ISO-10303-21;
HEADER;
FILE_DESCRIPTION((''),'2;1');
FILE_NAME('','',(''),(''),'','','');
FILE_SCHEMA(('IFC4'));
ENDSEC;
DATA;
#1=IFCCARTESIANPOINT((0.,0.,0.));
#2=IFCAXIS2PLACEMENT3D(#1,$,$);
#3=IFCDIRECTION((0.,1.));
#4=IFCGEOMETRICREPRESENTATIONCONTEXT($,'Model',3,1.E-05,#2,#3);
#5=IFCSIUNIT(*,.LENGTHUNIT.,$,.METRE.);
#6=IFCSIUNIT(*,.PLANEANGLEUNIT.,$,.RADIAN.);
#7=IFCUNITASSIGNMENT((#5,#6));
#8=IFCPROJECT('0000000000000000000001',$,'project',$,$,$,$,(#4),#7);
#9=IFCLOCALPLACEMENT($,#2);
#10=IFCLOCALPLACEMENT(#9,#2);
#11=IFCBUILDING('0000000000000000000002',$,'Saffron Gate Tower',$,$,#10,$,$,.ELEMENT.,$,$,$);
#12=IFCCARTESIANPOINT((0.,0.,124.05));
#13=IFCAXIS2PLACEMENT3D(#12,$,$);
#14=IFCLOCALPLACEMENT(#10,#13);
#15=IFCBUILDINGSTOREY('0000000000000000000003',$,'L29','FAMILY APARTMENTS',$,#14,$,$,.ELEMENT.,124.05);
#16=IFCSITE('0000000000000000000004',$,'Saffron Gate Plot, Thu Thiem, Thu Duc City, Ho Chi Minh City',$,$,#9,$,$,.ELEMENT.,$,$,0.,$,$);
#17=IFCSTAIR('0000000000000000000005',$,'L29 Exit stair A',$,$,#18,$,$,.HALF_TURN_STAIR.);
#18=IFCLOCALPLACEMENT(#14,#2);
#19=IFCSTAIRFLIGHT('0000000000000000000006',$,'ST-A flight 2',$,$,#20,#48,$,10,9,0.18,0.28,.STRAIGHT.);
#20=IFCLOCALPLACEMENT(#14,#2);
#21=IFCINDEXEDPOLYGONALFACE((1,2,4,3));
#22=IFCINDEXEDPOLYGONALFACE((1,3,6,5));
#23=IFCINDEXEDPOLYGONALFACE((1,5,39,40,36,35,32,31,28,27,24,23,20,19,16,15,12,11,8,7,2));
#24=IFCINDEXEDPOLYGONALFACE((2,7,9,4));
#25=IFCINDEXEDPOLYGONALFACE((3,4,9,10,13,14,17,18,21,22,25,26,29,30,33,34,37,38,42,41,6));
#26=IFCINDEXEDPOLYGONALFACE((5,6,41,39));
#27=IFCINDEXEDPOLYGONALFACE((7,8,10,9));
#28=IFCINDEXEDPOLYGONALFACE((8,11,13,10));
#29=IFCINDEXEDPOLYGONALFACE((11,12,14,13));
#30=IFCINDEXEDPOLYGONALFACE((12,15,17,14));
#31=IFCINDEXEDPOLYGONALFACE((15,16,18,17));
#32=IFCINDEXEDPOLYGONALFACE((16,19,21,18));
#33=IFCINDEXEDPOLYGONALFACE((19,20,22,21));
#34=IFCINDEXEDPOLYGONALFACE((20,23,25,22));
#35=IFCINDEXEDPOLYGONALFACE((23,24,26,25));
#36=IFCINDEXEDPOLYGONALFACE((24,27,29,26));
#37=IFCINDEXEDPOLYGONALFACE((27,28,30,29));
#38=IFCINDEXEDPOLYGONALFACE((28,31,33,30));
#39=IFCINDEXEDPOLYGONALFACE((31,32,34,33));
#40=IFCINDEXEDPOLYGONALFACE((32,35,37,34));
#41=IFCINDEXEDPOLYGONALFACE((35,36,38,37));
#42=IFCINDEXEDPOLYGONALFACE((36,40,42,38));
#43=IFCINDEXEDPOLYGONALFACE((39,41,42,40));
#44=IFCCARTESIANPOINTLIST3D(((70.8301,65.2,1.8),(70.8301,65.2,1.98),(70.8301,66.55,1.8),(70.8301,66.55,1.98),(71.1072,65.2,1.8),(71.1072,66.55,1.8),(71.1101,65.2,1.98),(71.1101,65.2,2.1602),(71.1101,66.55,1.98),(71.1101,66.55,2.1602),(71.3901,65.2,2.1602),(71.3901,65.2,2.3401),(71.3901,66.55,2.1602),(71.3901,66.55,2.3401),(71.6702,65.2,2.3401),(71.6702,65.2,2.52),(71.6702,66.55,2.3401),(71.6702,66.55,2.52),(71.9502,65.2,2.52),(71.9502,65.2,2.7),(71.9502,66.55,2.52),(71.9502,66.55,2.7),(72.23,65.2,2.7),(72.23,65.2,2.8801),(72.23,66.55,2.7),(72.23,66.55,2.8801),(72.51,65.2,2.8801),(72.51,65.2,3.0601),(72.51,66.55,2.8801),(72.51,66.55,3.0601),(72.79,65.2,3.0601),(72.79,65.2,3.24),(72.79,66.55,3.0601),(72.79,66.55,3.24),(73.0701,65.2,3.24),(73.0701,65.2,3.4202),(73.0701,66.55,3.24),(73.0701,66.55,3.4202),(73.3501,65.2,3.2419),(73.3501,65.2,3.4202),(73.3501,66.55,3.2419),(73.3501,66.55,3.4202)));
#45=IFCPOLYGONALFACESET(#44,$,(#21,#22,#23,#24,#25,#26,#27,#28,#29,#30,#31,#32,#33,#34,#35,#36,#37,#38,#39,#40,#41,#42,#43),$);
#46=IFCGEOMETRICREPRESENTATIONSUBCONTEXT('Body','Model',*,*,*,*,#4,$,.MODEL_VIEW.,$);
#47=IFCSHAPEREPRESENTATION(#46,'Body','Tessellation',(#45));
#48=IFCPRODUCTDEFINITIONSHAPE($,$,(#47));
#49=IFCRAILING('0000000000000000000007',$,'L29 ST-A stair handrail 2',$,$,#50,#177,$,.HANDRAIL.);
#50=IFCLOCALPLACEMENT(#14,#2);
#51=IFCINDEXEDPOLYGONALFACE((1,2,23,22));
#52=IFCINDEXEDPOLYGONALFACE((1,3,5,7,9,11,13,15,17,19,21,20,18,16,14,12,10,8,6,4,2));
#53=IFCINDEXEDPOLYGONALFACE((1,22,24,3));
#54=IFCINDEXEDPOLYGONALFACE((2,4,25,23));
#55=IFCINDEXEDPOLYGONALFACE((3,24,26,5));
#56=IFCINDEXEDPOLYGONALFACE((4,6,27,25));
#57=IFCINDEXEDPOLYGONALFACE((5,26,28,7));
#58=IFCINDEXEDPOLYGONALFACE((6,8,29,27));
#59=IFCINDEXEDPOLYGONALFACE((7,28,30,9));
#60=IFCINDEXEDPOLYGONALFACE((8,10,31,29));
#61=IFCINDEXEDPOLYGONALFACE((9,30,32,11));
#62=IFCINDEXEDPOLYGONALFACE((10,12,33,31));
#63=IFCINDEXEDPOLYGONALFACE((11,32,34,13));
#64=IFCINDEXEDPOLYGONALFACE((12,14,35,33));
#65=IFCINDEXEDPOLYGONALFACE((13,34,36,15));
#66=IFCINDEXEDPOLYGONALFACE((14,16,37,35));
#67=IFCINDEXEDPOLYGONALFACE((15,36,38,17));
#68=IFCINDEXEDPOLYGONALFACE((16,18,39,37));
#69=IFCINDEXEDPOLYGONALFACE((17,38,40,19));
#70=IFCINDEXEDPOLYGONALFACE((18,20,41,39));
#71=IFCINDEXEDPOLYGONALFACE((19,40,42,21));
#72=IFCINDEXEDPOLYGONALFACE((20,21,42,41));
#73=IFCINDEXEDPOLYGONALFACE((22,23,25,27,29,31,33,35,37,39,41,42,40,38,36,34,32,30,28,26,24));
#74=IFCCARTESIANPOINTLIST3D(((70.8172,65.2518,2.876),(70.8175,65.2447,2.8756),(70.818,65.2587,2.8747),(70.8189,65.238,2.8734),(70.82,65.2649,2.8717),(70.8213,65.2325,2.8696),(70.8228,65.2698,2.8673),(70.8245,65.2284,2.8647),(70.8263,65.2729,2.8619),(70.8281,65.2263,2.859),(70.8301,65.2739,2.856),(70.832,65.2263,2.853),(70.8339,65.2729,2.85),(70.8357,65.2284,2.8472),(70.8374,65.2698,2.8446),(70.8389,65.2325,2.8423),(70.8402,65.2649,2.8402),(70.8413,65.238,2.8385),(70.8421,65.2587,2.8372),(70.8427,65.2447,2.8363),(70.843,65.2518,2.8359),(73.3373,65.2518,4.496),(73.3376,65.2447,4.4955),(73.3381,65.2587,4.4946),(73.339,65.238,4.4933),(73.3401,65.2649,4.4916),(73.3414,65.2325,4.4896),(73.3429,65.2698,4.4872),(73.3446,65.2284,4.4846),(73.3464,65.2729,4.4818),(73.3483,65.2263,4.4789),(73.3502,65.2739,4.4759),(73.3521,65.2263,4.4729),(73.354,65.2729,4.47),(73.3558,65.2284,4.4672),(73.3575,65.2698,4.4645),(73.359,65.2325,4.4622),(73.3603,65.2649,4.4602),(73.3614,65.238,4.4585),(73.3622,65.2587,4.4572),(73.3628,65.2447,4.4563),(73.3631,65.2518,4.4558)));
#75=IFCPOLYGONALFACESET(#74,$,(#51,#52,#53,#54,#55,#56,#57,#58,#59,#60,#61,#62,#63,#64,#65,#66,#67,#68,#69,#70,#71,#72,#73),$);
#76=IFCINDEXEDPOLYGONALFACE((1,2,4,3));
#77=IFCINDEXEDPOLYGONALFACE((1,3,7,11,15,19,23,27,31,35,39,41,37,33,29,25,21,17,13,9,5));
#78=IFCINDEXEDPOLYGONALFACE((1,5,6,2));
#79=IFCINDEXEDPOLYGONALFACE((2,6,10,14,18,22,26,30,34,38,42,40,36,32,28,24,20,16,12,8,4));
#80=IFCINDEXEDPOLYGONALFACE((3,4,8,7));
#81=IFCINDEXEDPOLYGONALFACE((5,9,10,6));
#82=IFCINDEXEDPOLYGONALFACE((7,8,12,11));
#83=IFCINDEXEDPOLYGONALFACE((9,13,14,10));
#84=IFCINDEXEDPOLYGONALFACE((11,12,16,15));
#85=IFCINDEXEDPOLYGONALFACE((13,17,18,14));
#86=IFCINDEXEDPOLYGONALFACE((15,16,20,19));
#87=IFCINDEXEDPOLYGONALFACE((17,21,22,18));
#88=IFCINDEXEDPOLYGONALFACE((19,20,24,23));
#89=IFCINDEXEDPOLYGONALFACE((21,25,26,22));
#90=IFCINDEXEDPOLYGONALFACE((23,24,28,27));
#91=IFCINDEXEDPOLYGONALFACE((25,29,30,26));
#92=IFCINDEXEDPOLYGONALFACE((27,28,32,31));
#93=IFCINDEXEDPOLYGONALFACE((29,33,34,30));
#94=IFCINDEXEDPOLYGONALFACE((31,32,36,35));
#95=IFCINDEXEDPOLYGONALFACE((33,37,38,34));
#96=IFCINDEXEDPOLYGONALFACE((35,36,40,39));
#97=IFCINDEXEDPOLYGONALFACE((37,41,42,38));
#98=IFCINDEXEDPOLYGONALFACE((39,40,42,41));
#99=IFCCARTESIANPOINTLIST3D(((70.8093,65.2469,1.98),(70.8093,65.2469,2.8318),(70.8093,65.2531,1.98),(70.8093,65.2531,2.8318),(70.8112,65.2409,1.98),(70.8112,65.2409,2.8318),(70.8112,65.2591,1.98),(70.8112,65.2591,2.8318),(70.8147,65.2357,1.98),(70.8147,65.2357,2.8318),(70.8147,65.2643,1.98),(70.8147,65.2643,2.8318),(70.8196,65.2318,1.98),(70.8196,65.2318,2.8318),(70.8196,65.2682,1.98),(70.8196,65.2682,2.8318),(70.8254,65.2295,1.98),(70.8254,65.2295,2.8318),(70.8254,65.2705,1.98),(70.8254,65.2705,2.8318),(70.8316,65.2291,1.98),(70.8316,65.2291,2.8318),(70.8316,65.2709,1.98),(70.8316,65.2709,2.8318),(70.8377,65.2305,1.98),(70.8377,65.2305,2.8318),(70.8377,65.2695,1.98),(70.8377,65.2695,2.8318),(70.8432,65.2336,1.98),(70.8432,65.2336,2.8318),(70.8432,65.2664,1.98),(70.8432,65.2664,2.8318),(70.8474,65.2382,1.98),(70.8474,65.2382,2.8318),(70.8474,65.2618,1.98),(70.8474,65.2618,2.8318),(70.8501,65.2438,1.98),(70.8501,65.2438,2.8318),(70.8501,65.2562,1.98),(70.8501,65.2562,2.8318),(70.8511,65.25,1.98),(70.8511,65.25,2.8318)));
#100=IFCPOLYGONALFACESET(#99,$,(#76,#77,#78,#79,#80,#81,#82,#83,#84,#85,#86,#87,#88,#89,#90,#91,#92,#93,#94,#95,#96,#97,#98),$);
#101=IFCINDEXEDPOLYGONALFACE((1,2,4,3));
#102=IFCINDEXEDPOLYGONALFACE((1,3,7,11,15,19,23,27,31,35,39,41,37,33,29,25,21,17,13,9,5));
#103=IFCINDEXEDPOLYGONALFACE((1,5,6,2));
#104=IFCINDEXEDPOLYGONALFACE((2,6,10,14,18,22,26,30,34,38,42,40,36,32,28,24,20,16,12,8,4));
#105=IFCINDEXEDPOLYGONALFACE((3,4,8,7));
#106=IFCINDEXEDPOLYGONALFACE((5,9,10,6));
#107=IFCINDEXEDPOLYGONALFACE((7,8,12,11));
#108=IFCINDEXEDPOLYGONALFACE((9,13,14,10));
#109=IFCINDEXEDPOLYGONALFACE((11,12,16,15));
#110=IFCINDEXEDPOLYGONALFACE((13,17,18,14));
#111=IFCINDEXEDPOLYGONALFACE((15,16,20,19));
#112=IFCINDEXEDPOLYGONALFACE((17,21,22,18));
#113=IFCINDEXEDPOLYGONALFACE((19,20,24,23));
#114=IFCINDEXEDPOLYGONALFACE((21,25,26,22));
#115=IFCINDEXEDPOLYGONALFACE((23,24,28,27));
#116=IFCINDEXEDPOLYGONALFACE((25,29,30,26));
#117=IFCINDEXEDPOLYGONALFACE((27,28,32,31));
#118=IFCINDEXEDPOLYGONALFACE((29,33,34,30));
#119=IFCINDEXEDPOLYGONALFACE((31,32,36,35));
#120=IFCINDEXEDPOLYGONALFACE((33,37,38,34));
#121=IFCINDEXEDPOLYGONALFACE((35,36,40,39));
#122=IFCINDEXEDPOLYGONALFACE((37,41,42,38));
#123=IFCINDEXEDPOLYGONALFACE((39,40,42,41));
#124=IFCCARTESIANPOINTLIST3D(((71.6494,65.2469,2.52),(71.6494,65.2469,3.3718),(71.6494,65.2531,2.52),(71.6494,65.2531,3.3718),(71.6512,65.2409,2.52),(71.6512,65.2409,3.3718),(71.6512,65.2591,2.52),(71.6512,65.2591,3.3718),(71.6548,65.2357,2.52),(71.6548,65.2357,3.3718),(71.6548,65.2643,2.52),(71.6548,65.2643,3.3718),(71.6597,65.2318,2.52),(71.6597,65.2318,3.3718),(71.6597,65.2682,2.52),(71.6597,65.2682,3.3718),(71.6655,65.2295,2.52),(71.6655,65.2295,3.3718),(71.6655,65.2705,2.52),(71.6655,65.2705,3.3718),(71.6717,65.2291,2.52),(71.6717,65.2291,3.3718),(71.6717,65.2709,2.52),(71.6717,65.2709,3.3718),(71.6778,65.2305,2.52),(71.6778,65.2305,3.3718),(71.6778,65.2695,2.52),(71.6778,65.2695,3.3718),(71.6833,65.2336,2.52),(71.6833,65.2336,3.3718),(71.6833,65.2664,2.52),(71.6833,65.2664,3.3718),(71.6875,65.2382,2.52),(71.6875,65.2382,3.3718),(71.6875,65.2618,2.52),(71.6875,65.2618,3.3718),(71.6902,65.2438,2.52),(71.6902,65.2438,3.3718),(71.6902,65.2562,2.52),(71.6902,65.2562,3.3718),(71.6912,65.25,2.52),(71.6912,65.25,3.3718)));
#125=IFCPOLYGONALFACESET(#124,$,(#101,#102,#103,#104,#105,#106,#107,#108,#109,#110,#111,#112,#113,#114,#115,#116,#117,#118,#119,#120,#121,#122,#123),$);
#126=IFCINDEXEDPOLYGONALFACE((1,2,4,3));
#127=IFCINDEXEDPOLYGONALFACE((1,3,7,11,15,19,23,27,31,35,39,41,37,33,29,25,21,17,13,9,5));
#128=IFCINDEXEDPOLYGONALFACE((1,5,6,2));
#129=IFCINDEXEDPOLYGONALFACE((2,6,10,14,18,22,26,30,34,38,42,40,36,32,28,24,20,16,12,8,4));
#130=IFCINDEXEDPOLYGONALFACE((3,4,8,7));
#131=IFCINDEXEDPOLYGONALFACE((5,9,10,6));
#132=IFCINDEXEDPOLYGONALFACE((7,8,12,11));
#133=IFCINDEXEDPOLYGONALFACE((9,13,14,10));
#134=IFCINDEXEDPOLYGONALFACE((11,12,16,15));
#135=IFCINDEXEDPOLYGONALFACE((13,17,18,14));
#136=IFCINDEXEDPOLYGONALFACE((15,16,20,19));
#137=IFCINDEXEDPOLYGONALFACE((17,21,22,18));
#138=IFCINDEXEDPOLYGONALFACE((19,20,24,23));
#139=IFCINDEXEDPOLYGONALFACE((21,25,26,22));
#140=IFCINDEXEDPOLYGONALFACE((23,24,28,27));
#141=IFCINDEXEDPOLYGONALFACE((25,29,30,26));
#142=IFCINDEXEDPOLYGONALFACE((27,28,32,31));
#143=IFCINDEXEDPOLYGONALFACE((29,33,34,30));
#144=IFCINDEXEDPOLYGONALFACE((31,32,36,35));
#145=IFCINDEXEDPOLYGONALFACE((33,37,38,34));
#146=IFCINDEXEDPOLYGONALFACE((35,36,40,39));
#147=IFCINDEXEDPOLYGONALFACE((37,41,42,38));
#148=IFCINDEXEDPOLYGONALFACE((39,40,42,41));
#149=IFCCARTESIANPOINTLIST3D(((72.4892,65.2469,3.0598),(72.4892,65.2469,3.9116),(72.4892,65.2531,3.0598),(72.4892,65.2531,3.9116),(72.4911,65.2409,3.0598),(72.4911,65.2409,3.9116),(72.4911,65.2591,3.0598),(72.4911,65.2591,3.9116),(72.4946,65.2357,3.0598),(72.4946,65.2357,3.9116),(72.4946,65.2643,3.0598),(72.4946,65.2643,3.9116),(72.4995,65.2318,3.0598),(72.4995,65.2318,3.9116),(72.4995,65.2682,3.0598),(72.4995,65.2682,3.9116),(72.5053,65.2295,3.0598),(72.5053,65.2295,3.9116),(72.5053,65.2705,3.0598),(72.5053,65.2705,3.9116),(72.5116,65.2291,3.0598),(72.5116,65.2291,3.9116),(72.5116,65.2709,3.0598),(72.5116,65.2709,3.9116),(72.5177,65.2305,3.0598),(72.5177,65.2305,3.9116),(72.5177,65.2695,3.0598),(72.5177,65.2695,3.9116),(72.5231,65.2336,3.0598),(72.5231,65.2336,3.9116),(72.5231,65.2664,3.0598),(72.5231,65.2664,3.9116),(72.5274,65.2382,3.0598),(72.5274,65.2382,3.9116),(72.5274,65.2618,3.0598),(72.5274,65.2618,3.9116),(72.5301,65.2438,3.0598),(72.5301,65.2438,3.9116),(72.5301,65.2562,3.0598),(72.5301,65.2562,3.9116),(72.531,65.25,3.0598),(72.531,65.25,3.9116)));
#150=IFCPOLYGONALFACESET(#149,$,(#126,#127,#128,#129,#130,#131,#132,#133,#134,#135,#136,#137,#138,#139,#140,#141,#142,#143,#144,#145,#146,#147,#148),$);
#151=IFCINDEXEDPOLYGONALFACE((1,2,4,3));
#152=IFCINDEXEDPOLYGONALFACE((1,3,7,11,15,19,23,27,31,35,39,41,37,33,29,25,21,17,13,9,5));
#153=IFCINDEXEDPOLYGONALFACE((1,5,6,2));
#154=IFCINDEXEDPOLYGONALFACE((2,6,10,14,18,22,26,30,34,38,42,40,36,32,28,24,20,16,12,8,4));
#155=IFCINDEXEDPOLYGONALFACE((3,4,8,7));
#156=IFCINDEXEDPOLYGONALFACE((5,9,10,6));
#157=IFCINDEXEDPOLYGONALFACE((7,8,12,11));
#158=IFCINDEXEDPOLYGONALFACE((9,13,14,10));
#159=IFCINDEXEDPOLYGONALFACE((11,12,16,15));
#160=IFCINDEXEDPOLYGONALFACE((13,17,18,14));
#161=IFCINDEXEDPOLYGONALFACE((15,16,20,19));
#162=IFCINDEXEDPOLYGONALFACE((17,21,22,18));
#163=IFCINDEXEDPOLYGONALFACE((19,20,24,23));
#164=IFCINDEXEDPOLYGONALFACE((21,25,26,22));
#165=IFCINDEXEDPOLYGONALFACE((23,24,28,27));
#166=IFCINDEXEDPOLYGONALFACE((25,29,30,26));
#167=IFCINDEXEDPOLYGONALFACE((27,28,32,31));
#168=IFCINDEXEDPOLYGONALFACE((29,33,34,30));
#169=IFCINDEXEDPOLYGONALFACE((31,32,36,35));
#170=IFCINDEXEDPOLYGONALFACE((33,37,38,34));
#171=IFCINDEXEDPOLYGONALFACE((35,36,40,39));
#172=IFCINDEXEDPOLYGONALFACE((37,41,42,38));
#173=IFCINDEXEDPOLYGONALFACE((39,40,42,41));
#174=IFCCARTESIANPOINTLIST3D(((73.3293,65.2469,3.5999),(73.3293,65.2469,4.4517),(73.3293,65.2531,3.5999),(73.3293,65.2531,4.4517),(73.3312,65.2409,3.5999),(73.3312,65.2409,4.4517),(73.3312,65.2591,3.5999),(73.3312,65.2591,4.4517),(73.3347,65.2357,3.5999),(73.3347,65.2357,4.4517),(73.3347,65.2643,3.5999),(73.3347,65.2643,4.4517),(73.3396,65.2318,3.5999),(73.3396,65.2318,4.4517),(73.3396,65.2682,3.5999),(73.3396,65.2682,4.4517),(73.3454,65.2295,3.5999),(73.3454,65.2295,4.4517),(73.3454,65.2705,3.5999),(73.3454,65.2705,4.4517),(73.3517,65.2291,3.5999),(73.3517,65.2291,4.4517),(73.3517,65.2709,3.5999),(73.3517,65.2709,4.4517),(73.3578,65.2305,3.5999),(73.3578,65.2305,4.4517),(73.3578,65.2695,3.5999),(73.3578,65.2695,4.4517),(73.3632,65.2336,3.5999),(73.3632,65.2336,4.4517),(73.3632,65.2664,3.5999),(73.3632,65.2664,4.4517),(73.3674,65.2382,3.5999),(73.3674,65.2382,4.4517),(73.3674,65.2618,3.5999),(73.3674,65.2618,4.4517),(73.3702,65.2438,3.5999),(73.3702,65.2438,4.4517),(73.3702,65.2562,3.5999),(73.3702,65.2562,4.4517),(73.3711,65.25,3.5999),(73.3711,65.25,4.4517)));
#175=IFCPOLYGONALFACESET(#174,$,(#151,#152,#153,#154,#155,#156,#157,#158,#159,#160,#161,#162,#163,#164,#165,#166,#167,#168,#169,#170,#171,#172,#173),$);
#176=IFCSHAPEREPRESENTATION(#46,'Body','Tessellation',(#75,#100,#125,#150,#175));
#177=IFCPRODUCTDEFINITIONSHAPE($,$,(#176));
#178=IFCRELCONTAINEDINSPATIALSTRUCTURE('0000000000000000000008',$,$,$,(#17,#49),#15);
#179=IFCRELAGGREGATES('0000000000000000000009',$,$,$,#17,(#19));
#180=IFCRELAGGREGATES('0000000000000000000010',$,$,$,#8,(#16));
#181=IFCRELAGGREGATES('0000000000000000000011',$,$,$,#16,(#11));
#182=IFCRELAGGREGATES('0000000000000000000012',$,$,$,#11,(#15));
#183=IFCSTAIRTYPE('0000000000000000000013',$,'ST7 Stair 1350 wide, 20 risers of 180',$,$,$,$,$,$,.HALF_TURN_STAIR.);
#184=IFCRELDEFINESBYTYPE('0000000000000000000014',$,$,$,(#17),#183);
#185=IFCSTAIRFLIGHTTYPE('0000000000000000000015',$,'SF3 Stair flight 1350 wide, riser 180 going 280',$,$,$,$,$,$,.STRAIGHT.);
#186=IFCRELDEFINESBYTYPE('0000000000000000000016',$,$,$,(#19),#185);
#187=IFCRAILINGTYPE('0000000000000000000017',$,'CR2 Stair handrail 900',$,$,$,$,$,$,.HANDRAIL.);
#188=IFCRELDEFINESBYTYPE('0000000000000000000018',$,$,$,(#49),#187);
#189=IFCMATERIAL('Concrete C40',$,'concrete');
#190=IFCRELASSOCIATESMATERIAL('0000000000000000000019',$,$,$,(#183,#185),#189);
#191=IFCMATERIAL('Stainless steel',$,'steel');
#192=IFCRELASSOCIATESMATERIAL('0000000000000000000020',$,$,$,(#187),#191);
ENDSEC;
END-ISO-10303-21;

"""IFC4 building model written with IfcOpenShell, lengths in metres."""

from ifc_helpers import new_model, si_unit, direction, frame, origin, origin_2d, place, context, subcontext, project, spatial, polyline, circle, outline, extrude, material, type_object, element, aggregate, save


model = new_model("IFC4")

# Units and contexts
model_context = context("Model", 3, precision=1e-05, world=origin(), true_north=direction((0.0, 1.0)))
body_context = subcontext(model_context, "Body", "Model", "MODEL_VIEW")
ifc_project = project(units=[si_unit("LENGTHUNIT", "METRE"), si_unit("PLANEANGLEUNIT", "RADIAN")], contexts=[model_context])

# Site, building, storey
site_placement = place(None, origin())
site = spatial("IfcSite", under=ifc_project, at=site_placement, Name="Saffron Gate Plot, Thu Thiem, Thu Duc City, Ho Chi Minh City", CompositionType="ELEMENT", RefElevation=0.0)
building_placement = place(site_placement, origin())
building = spatial("IfcBuilding", under=site, at=building_placement, Name="Saffron Gate Tower", CompositionType="ELEMENT")
storey_placement = place(building_placement, frame((0.0, 0.0, 124.05)))
storey = spatial("IfcBuildingStorey", under=building, at=storey_placement, Name="L29", Description="FAMILY APARTMENTS", CompositionType="ELEMENT", Elevation=124.05)

# Stair, stair flight
ifc_material_1 = material(Name="Concrete C40", Category="concrete")
stair_type = type_object("IfcStairType", Name="ST7 Stair 1350 wide, 20 risers of 180", PredefinedType="HALF_TURN_STAIR", material=ifc_material_1)
stair_placement = place(storey_placement, origin())
stair = element("IfcStair", 1, at=stair_placement, inside=storey, type_object=stair_type, Name="L29 Exit stair A", PredefinedType="HALF_TURN_STAIR")
stair_flight_type = type_object("IfcStairFlightType", Name="SF3 Stair flight 1350 wide, riser 180 going 280", PredefinedType="STRAIGHT", material=ifc_material_1)
stair_flight_1_placement = place(storey_placement, frame((70.8301, 65.875, 1.8), z_axis=(0.0, 0.0, 1.0), x_axis=(1.0, 0.0, 0.0)))
stair_flight_1 = element("IfcStairFlight", 2, at=stair_flight_1_placement, type_object=stair_flight_type, Name="ST-A flight 2", NumberOfRisers=10, NumberOfTreads=9, PredefinedType="STRAIGHT", RiserHeight=0.18, TreadLength=0.28, context=body_context, shape_type="SweptSolid", body=[
    extrude(outline(polyline([(0.0, 0.0), (0.0, 0.1799), (0.28, 0.1799), (0.28, 0.3601), (0.5601, 0.3601), (0.5601, 0.54), (0.8401, 0.54), (0.8401, 0.72), (1.1201, 0.72), (1.1201, 0.8999), (1.3999, 0.8999), (1.3999, 1.0801), (1.6799, 1.0801), (1.6799, 1.26), (1.96, 1.26), (1.96, 1.4399), (2.24, 1.4399), (2.24, 1.6201), (2.52, 1.6201), (2.52, 1.8), (2.52, 1.4419), (0.2771, 0.0), (0.0, 0.0)])), frame((0.0, 0.675, 0.0), z_axis=(0.0, -1.0, 0.0), x_axis=(1.0, 0.0, 0.0)), (0.0, 0.0, 1.0), 1.3501),
])
aggregate(stair, [stair_flight_1])

# Railing
ifc_material_2 = material(Name="Stainless steel", Category="steel")
railing_type = type_object("IfcRailingType", Name="CR2 Stair handrail 900", PredefinedType="HANDRAIL", material=ifc_material_2)
railing_placement = place(storey_placement, frame((70.8301, 65.25, 1.98)))
element("IfcRailing", 3, at=railing_placement, inside=storey, type_object=railing_type, Name="L29 ST-A stair handrail 2", PredefinedType="HANDRAIL", context=body_context, shape_type="SweptSolid", body=[
    extrude(circle(Radius=0.0239, at=origin_2d()), frame((0.0, 0.0, 0.876), z_axis=(0.8412, 0.0, 0.540725), x_axis=(0.0, 1.0, 0.0)), (0.0, 0.0, 1.0), 2.9958),
    extrude(circle(Radius=0.021, at=origin_2d()), origin(), (0.0, 0.0, 1.0), 0.8518),
    extrude(circle(Radius=0.021, at=origin_2d()), frame((0.8401, 0.0, 0.54)), (0.0, 0.0, 1.0), 0.8518),
    extrude(circle(Radius=0.021, at=origin_2d()), frame((1.6799, 0.0, 1.0798)), (0.0, 0.0, 1.0), 0.8518),
    extrude(circle(Radius=0.021, at=origin_2d()), frame((2.52, 0.0, 1.6199)), (0.0, 0.0, 1.0), 0.8518),
])

save(model, "model.ifc")
